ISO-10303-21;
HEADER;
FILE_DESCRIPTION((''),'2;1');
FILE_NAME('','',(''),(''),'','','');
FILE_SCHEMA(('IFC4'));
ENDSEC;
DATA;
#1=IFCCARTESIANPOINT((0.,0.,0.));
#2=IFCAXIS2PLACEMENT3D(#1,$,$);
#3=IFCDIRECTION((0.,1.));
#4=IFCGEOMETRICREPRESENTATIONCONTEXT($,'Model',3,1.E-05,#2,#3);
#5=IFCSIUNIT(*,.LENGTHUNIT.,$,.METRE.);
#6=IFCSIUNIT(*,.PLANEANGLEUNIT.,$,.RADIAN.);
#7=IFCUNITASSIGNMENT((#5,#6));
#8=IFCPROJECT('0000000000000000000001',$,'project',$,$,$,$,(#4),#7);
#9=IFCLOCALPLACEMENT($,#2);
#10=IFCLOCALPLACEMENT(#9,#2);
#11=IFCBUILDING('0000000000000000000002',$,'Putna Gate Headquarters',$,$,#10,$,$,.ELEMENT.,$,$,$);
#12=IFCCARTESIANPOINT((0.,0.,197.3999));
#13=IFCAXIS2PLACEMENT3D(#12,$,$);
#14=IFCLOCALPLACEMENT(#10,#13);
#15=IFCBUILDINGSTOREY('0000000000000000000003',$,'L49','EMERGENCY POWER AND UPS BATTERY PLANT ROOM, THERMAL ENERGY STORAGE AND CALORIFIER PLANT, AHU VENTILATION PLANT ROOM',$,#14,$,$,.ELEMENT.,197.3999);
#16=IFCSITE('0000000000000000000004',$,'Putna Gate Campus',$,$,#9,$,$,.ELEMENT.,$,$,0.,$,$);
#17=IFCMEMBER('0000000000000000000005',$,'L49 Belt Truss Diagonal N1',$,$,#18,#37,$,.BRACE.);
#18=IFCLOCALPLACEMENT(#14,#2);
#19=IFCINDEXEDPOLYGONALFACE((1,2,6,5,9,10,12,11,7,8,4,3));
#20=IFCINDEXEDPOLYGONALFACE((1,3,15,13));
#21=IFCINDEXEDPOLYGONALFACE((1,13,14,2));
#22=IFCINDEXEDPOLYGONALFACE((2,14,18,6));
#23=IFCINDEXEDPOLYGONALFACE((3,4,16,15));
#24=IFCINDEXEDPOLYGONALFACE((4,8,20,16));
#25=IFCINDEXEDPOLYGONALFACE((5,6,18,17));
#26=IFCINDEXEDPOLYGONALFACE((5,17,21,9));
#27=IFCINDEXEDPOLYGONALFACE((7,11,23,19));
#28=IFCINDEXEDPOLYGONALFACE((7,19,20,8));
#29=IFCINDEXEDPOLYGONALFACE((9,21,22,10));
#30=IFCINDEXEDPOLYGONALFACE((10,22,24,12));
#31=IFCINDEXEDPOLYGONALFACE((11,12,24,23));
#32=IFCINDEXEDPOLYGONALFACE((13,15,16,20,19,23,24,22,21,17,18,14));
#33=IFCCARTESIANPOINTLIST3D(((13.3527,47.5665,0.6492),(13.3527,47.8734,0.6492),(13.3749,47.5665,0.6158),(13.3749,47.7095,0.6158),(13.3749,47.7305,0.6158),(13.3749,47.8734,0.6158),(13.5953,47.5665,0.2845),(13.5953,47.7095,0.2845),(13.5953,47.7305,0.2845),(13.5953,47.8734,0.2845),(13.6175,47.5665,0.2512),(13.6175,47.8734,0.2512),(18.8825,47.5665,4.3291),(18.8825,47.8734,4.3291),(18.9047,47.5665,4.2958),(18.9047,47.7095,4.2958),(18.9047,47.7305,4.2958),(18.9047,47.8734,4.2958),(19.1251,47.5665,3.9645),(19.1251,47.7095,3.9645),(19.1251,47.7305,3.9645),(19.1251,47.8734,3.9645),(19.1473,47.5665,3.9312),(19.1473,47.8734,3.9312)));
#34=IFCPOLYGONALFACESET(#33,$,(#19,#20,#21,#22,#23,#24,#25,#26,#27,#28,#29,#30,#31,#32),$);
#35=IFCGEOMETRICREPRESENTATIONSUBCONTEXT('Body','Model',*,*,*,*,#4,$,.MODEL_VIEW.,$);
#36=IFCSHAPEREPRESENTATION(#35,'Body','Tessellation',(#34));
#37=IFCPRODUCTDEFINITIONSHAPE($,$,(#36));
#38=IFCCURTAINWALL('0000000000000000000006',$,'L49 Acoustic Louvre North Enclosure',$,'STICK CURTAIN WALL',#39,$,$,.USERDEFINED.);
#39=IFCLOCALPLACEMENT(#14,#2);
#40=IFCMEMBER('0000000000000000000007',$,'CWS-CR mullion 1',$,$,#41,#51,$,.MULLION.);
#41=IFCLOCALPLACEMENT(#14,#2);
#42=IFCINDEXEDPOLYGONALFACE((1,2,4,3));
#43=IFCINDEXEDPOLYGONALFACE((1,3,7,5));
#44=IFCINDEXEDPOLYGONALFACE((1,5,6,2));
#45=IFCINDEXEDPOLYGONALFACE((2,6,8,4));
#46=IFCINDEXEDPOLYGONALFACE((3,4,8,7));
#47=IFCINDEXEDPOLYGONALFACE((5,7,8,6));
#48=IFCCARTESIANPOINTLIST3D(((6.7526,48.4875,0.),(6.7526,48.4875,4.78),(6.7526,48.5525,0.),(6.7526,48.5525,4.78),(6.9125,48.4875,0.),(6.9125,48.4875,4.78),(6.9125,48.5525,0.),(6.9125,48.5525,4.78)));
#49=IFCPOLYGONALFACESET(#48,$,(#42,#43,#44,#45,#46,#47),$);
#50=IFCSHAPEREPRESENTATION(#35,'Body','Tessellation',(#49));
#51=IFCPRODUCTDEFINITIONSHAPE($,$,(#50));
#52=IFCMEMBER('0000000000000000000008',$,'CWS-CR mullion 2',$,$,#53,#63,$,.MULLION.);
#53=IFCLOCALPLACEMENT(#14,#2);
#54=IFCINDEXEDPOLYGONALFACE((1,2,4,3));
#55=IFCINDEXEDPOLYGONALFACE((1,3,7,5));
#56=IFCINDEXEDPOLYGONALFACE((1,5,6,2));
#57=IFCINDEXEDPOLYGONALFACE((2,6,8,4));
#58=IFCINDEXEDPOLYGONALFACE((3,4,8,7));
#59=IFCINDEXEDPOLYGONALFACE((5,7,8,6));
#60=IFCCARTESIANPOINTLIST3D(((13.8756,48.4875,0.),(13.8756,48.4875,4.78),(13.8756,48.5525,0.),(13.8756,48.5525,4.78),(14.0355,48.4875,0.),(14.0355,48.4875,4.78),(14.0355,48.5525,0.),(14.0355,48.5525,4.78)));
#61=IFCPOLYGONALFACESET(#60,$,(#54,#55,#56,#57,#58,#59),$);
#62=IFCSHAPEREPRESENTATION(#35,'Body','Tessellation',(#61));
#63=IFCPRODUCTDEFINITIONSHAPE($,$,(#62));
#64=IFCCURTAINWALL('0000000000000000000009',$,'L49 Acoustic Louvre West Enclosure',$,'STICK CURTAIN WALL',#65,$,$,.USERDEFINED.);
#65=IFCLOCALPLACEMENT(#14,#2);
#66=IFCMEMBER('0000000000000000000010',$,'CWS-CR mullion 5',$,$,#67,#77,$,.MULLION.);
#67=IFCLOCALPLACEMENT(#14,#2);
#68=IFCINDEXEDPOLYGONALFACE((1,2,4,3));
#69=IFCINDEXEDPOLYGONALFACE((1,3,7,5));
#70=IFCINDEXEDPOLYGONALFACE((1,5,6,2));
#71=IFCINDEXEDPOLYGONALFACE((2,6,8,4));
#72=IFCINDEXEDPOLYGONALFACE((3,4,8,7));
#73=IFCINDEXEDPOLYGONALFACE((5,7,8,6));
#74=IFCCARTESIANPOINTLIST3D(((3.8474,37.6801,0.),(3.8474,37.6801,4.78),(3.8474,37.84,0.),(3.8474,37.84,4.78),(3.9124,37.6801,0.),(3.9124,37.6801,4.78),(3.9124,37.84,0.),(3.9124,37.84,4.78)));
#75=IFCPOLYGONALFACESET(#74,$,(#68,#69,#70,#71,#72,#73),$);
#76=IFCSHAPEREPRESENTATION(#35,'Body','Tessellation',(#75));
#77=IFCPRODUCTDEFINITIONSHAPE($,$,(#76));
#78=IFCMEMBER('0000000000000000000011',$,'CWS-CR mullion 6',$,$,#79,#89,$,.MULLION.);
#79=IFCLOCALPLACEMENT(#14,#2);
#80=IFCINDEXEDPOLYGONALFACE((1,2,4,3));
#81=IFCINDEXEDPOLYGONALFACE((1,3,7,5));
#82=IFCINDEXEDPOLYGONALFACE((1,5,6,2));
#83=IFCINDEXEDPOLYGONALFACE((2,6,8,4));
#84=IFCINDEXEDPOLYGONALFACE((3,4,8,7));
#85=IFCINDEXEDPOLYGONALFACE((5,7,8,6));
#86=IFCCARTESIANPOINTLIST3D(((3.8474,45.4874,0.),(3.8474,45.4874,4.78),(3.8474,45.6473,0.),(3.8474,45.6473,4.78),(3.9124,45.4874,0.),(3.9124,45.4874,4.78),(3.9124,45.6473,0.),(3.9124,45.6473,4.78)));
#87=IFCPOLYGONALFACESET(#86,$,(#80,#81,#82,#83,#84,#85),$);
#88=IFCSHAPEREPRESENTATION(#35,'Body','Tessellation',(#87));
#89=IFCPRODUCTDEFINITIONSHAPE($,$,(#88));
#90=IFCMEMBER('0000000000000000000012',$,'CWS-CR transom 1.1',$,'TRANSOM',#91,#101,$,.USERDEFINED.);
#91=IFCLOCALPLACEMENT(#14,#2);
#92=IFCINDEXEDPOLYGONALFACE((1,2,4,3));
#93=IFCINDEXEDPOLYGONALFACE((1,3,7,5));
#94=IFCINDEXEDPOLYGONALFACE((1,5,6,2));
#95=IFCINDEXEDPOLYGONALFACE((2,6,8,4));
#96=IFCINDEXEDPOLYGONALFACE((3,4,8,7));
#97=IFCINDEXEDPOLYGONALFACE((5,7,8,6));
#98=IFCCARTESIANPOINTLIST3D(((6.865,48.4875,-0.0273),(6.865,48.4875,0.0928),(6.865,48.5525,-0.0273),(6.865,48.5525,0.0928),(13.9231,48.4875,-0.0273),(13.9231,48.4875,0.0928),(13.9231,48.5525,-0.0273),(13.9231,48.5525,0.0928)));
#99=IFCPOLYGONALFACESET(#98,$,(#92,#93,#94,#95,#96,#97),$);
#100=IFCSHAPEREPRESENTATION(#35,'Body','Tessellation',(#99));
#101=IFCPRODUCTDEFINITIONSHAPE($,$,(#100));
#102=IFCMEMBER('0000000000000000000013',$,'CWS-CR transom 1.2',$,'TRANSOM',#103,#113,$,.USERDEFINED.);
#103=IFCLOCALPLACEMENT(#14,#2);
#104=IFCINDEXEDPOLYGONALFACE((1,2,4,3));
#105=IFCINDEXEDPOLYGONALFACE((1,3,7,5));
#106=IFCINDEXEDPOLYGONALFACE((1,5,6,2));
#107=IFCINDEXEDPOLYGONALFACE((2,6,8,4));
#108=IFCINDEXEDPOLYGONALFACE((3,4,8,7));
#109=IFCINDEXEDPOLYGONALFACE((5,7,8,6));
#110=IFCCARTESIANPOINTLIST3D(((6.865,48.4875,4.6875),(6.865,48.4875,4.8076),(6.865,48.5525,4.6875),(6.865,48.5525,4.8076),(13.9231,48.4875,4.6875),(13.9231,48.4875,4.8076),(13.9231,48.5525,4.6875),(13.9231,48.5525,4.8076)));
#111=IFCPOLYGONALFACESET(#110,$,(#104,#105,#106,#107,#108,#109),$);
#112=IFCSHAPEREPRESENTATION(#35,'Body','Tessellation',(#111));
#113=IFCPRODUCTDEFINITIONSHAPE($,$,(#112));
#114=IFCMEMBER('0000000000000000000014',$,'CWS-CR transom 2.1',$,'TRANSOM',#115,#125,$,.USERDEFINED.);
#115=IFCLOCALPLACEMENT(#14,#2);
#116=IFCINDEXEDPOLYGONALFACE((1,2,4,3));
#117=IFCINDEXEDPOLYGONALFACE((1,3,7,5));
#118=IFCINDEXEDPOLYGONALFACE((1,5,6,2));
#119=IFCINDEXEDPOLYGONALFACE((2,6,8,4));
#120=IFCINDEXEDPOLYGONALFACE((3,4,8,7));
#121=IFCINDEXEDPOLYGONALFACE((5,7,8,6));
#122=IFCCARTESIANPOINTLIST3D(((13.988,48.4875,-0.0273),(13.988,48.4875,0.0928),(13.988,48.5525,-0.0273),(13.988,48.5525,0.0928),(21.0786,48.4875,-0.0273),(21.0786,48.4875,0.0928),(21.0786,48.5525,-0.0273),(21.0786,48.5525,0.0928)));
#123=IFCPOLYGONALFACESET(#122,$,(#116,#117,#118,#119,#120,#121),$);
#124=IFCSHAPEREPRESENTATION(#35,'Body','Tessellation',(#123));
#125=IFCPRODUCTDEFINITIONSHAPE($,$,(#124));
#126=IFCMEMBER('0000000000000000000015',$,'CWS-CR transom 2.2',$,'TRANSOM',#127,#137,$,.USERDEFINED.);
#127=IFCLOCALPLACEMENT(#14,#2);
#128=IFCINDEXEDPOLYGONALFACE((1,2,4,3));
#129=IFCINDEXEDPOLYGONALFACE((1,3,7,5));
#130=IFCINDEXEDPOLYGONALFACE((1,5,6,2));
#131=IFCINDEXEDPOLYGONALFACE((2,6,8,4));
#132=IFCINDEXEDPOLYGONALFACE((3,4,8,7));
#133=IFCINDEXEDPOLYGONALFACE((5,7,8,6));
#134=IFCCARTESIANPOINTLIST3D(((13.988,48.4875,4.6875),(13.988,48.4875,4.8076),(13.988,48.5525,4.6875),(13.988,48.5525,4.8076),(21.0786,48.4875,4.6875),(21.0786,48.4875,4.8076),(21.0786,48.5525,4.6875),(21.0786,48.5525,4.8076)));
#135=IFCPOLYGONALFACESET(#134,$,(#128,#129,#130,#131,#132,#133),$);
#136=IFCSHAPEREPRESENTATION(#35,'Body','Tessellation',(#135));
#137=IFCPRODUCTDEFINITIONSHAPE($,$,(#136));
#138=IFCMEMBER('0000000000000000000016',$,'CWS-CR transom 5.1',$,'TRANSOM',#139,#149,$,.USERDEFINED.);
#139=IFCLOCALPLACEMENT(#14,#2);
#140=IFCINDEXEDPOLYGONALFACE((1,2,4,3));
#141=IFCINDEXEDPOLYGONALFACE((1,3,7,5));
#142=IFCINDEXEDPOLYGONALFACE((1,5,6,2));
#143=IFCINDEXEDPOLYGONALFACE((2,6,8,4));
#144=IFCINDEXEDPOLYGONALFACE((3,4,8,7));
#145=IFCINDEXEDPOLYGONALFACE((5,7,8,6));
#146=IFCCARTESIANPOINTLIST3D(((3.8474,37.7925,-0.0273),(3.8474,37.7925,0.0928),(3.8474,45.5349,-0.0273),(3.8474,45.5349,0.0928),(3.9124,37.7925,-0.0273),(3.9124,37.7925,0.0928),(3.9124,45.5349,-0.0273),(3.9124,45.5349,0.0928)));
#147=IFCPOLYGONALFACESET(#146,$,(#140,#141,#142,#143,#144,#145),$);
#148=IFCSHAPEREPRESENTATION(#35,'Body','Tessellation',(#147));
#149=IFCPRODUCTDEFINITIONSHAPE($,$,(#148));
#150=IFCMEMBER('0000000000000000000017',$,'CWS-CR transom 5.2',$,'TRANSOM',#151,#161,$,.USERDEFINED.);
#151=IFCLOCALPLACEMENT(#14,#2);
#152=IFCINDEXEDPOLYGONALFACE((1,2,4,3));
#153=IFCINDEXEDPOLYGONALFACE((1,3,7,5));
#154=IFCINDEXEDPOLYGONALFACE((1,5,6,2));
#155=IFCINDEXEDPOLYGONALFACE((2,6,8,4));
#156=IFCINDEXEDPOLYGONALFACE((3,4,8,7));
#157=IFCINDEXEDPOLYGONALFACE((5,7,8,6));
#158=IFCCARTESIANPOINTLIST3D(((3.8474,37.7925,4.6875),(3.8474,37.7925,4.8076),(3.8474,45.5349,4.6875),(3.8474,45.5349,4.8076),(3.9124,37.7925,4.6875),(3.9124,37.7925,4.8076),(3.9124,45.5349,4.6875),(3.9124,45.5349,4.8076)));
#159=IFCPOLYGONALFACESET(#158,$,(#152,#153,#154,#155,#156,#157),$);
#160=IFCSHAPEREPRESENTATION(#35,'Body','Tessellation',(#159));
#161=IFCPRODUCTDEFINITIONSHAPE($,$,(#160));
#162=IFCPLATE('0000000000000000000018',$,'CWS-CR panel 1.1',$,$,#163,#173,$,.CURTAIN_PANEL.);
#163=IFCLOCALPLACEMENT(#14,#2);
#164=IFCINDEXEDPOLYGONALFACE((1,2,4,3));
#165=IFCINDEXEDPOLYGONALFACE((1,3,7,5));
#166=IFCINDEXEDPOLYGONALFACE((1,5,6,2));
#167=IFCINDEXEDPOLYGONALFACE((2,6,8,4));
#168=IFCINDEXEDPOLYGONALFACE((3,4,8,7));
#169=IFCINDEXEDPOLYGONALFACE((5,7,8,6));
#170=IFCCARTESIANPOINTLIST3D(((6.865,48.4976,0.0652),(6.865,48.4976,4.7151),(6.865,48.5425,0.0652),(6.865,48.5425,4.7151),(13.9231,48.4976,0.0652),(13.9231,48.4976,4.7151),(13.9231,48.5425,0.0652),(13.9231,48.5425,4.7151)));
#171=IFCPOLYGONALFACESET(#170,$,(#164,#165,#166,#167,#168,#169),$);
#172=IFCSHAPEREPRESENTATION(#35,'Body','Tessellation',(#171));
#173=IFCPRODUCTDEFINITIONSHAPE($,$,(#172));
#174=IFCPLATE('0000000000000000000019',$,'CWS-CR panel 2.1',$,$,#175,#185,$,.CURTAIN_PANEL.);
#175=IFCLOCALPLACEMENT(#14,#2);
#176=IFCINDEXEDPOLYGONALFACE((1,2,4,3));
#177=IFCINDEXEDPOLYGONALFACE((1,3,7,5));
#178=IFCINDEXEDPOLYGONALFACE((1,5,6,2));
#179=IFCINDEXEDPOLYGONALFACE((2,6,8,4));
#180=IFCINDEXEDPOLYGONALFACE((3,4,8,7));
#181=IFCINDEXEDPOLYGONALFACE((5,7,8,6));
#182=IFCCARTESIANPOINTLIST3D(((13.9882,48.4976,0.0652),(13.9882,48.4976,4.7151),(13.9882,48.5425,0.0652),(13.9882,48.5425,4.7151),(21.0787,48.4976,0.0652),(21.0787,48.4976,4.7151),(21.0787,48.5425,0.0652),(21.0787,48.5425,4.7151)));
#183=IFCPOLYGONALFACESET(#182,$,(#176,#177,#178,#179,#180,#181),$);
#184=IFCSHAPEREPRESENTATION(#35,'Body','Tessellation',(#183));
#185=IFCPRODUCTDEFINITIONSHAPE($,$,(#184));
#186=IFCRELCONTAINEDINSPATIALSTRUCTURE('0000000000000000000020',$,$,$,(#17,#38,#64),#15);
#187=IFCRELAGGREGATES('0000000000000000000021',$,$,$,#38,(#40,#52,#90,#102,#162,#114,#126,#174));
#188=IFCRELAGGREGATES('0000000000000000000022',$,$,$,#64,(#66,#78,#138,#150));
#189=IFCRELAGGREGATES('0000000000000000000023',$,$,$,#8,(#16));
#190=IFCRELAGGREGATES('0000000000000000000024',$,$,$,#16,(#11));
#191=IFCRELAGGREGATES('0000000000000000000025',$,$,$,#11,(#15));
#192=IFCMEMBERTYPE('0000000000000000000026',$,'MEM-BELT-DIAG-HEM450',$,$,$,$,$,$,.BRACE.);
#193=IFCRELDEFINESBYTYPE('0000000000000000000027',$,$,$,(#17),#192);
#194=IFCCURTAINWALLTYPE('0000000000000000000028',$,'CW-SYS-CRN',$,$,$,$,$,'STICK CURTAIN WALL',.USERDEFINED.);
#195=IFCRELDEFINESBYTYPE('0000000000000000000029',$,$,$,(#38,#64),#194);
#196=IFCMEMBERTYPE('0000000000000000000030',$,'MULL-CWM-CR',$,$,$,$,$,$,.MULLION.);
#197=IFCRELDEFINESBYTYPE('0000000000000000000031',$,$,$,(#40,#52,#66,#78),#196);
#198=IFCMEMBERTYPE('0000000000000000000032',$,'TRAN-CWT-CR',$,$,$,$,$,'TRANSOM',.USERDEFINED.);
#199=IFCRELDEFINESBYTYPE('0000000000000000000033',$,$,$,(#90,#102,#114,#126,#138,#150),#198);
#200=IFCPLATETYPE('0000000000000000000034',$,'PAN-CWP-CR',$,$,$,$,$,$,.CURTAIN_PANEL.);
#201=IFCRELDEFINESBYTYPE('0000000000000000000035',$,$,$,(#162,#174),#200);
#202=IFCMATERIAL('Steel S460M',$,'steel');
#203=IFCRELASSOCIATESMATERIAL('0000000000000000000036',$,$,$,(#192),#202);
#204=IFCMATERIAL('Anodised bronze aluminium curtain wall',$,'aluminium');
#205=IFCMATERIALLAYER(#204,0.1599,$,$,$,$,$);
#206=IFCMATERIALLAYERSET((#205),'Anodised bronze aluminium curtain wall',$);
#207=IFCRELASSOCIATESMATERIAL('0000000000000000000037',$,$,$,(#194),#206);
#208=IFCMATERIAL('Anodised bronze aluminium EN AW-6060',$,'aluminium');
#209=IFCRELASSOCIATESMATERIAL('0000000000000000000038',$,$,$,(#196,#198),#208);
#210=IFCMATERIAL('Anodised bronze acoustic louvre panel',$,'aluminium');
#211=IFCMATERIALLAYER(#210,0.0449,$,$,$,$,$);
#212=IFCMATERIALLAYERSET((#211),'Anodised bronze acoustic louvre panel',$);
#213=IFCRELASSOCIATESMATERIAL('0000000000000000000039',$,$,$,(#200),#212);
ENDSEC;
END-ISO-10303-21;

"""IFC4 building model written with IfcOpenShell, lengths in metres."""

from ifc_helpers import new_model, si_unit, direction, frame, origin, origin_2d, place, context, subcontext, project, spatial, rectangle, i_section, extrude, material, layer, layer_set, material_profile, profile_set, type_object, element, aggregate, save


model = new_model("IFC4")

# Units and contexts
model_context = context("Model", 3, precision=1e-05, world=origin(), true_north=direction((0.0, 1.0)))
body_context = subcontext(model_context, "Body", "Model", "MODEL_VIEW")
ifc_project = project(units=[si_unit("LENGTHUNIT", "METRE"), si_unit("PLANEANGLEUNIT", "RADIAN")], contexts=[model_context])

# Site, building, storey
site_placement = place(None, origin())
site = spatial("IfcSite", under=ifc_project, at=site_placement, Name="Putna Gate Campus", CompositionType="ELEMENT", RefElevation=0.0)
building_placement = place(site_placement, origin())
building = spatial("IfcBuilding", under=site, at=building_placement, Name="Putna Gate Headquarters", CompositionType="ELEMENT")
storey_placement = place(building_placement, frame((0.0, 0.0, 197.3999)))
storey = spatial("IfcBuildingStorey", under=building, at=storey_placement, Name="L49", Description="EMERGENCY POWER AND UPS BATTERY PLANT ROOM, THERMAL ENERGY STORAGE AND CALORIFIER PLANT, AHU VENTILATION PLANT ROOM", CompositionType="ELEMENT", Elevation=197.3999)

# Member
ifc_material_1 = material(Name="Steel S460M", Category="steel")
ifc_material_profile_1 = material_profile(ifc_material_1, i_section(OverallWidth=0.3069, OverallDepth=0.478, WebThickness=0.021, FlangeThickness=0.04, at=origin_2d()), Name="Steel S460M")
ifc_profile_set_1 = profile_set([ifc_material_profile_1], Name="Steel S460M")
member_type_1 = type_object("IfcMemberType", Name="MEM-BELT-DIAG-HEM450", PredefinedType="BRACE", material=ifc_profile_set_1)
member_1_placement = place(storey_placement, frame((13.4851, 47.72, 0.4502), z_axis=(0.832508, 0.0, 0.554013), x_axis=(0.0, 1.0, 0.0)))
element("IfcMember", 1, at=member_1_placement, inside=storey, type_object=member_type_1, Name="L49 Belt Truss Diagonal N1", PredefinedType="BRACE", context=body_context, shape_type="SweptSolid", body=[
    extrude(i_section(OverallWidth=0.3069, OverallDepth=0.478, WebThickness=0.021, FlangeThickness=0.04, at=origin_2d()), origin(), (0.0, 0.0, 1.0), 6.6423),
])

# Curtain walls, members
ifc_material_2 = material(Name="Anodised bronze aluminium curtain wall", Category="aluminium")
ifc_layer_1 = layer(ifc_material_2, 0.1599)
ifc_layer_set_1 = layer_set([ifc_layer_1], Name="Anodised bronze aluminium curtain wall")
curtain_wall_type = type_object("IfcCurtainWallType", Name="CW-SYS-CRN", ElementType="STICK CURTAIN WALL", PredefinedType="USERDEFINED", material=ifc_layer_set_1)
curtain_wall_1_placement = place(storey_placement, origin())
curtain_wall_1 = element("IfcCurtainWall", 2, at=curtain_wall_1_placement, inside=storey, type_object=curtain_wall_type, Name="L49 Acoustic Louvre North Enclosure", ObjectType="STICK CURTAIN WALL", PredefinedType="USERDEFINED")
ifc_material_3 = material(Name="Anodised bronze aluminium EN AW-6060", Category="aluminium")
ifc_material_profile_2 = material_profile(ifc_material_3, rectangle(XDim=0.0649, YDim=0.1599, at=origin_2d()), Name="Anodised bronze aluminium EN AW-6060")
ifc_profile_set_2 = profile_set([ifc_material_profile_2], Name="Anodised bronze aluminium EN AW-6060")
member_type_2 = type_object("IfcMemberType", Name="MULL-CWM-CR", PredefinedType="MULLION", material=ifc_profile_set_2)
member_2_placement = place(storey_placement, frame((6.8325, 48.52, 0.0), z_axis=(0.0, 0.0, 1.0), x_axis=(0.0, 1.0, 0.0)))
member_2 = element("IfcMember", 3, at=member_2_placement, type_object=member_type_2, Name="CWS-CR mullion 1", PredefinedType="MULLION", context=body_context, shape_type="SweptSolid", body=[
    extrude(rectangle(XDim=0.0649, YDim=0.1599, at=origin_2d()), origin(), (0.0, 0.0, 1.0), 4.78),
])
member_3_placement = place(storey_placement, frame((13.9556, 48.52, 0.0), z_axis=(0.0, 0.0, 1.0), x_axis=(0.0, 1.0, 0.0)))
member_3 = element("IfcMember", 4, at=member_3_placement, type_object=member_type_2, Name="CWS-CR mullion 2", PredefinedType="MULLION", context=body_context, shape_type="SweptSolid", body=[
    extrude(rectangle(XDim=0.0649, YDim=0.1599, at=origin_2d()), origin(), (0.0, 0.0, 1.0), 4.78),
])
curtain_wall_2_placement = place(storey_placement, origin())
curtain_wall_2 = element("IfcCurtainWall", 5, at=curtain_wall_2_placement, inside=storey, type_object=curtain_wall_type, Name="L49 Acoustic Louvre West Enclosure", ObjectType="STICK CURTAIN WALL", PredefinedType="USERDEFINED")
member_4_placement = place(storey_placement, frame((3.8799, 37.76, 0.0), z_axis=(0.0, 0.0, 1.0), x_axis=(-1.0, 0.0, 0.0)))
member_4 = element("IfcMember", 6, at=member_4_placement, type_object=member_type_2, Name="CWS-CR mullion 5", PredefinedType="MULLION", context=body_context, shape_type="SweptSolid", body=[
    extrude(rectangle(XDim=0.0649, YDim=0.1599, at=origin_2d()), origin(), (0.0, 0.0, 1.0), 4.78),
])
member_5_placement = place(storey_placement, frame((3.8799, 45.5674, 0.0), z_axis=(0.0, 0.0, 1.0), x_axis=(-1.0, 0.0, 0.0)))
member_5 = element("IfcMember", 7, at=member_5_placement, type_object=member_type_2, Name="CWS-CR mullion 6", PredefinedType="MULLION", context=body_context, shape_type="SweptSolid", body=[
    extrude(rectangle(XDim=0.0649, YDim=0.1599, at=origin_2d()), origin(), (0.0, 0.0, 1.0), 4.78),
])

# Members
ifc_material_profile_3 = material_profile(ifc_material_3, rectangle(XDim=0.0649, YDim=0.1201, at=origin_2d()), Name="Anodised bronze aluminium EN AW-6060")
ifc_profile_set_3 = profile_set([ifc_material_profile_3], Name="Anodised bronze aluminium EN AW-6060")
member_type_3 = type_object("IfcMemberType", Name="TRAN-CWT-CR", ElementType="TRANSOM", PredefinedType="USERDEFINED", material=ifc_profile_set_3)
member_6_placement = place(storey_placement, frame((6.865, 48.52, 0.0327), z_axis=(1.0, 0.0, 0.0), x_axis=(0.0, 1.0, 0.0)))
member_6 = element("IfcMember", 8, at=member_6_placement, type_object=member_type_3, Name="CWS-CR transom 1.1", ObjectType="TRANSOM", PredefinedType="USERDEFINED", context=body_context, shape_type="SweptSolid", body=[
    extrude(rectangle(XDim=0.0649, YDim=0.1201, at=origin_2d()), origin(), (0.0, 0.0, 1.0), 7.0581),
])
member_7_placement = place(storey_placement, frame((6.865, 48.52, 4.7476), z_axis=(1.0, 0.0, 0.0), x_axis=(0.0, 1.0, 0.0)))
member_7 = element("IfcMember", 9, at=member_7_placement, type_object=member_type_3, Name="CWS-CR transom 1.2", ObjectType="TRANSOM", PredefinedType="USERDEFINED", context=body_context, shape_type="SweptSolid", body=[
    extrude(rectangle(XDim=0.0649, YDim=0.1201, at=origin_2d()), origin(), (0.0, 0.0, 1.0), 7.0581),
])
member_8_placement = place(storey_placement, frame((13.988, 48.52, 0.0327), z_axis=(1.0, 0.0, 0.0), x_axis=(0.0, 1.0, 0.0)))
member_8 = element("IfcMember", 10, at=member_8_placement, type_object=member_type_3, Name="CWS-CR transom 2.1", ObjectType="TRANSOM", PredefinedType="USERDEFINED", context=body_context, shape_type="SweptSolid", body=[
    extrude(rectangle(XDim=0.0649, YDim=0.1201, at=origin_2d()), origin(), (0.0, 0.0, 1.0), 7.0906),
])
member_9_placement = place(storey_placement, frame((13.988, 48.52, 4.7476), z_axis=(1.0, 0.0, 0.0), x_axis=(0.0, 1.0, 0.0)))
member_9 = element("IfcMember", 11, at=member_9_placement, type_object=member_type_3, Name="CWS-CR transom 2.2", ObjectType="TRANSOM", PredefinedType="USERDEFINED", context=body_context, shape_type="SweptSolid", body=[
    extrude(rectangle(XDim=0.0649, YDim=0.1201, at=origin_2d()), origin(), (0.0, 0.0, 1.0), 7.0906),
])
member_10_placement = place(storey_placement, frame((3.8799, 37.7925, 0.0327), z_axis=(0.0, 1.0, 0.0), x_axis=(-1.0, 0.0, 0.0)))
member_10 = element("IfcMember", 12, at=member_10_placement, type_object=member_type_3, Name="CWS-CR transom 5.1", ObjectType="TRANSOM", PredefinedType="USERDEFINED", context=body_context, shape_type="SweptSolid", body=[
    extrude(rectangle(XDim=0.0649, YDim=0.1201, at=origin_2d()), origin(), (0.0, 0.0, 1.0), 7.7424),
])
member_11_placement = place(storey_placement, frame((3.8799, 37.7925, 4.7476), z_axis=(0.0, 1.0, 0.0), x_axis=(-1.0, 0.0, 0.0)))
member_11 = element("IfcMember", 13, at=member_11_placement, type_object=member_type_3, Name="CWS-CR transom 5.2", ObjectType="TRANSOM", PredefinedType="USERDEFINED", context=body_context, shape_type="SweptSolid", body=[
    extrude(rectangle(XDim=0.0649, YDim=0.1201, at=origin_2d()), origin(), (0.0, 0.0, 1.0), 7.7424),
])

# Plates
ifc_material_4 = material(Name="Anodised bronze acoustic louvre panel", Category="aluminium")
ifc_layer_2 = layer(ifc_material_4, 0.0449)
ifc_layer_set_2 = layer_set([ifc_layer_2], Name="Anodised bronze acoustic louvre panel")
plate_type_1 = type_object("IfcPlateType", Name="PAN-CWP-CR", PredefinedType="CURTAIN_PANEL", material=ifc_layer_set_2)
plate_1_placement = place(storey_placement, frame((10.394, 48.52, 0.0652), z_axis=(0.0, 0.0, 1.0), x_axis=(1.0, 0.0, 0.0)))
plate_1 = element("IfcPlate", 14, at=plate_1_placement, type_object=plate_type_1, Name="CWS-CR panel 1.1", PredefinedType="CURTAIN_PANEL", context=body_context, shape_type="SweptSolid", body=[
    extrude(rectangle(XDim=7.0581, YDim=0.0449, at=origin_2d()), origin(), (0.0, 0.0, 1.0), 4.6499),
])
plate_2_placement = place(storey_placement, frame((17.5334, 48.52, 0.0652), z_axis=(0.0, 0.0, 1.0), x_axis=(1.0, 0.0, 0.0)))
plate_2 = element("IfcPlate", 15, at=plate_2_placement, type_object=plate_type_1, Name="CWS-CR panel 2.1", PredefinedType="CURTAIN_PANEL", context=body_context, shape_type="SweptSolid", body=[
    extrude(rectangle(XDim=7.0906, YDim=0.0449, at=origin_2d()), origin(), (0.0, 0.0, 1.0), 4.6499),
])
aggregate(curtain_wall_1, [member_2, member_3, member_6, member_7, plate_1, member_8, member_9, plate_2])
aggregate(curtain_wall_2, [member_4, member_5, member_10, member_11])

save(model, "model.ifc")
